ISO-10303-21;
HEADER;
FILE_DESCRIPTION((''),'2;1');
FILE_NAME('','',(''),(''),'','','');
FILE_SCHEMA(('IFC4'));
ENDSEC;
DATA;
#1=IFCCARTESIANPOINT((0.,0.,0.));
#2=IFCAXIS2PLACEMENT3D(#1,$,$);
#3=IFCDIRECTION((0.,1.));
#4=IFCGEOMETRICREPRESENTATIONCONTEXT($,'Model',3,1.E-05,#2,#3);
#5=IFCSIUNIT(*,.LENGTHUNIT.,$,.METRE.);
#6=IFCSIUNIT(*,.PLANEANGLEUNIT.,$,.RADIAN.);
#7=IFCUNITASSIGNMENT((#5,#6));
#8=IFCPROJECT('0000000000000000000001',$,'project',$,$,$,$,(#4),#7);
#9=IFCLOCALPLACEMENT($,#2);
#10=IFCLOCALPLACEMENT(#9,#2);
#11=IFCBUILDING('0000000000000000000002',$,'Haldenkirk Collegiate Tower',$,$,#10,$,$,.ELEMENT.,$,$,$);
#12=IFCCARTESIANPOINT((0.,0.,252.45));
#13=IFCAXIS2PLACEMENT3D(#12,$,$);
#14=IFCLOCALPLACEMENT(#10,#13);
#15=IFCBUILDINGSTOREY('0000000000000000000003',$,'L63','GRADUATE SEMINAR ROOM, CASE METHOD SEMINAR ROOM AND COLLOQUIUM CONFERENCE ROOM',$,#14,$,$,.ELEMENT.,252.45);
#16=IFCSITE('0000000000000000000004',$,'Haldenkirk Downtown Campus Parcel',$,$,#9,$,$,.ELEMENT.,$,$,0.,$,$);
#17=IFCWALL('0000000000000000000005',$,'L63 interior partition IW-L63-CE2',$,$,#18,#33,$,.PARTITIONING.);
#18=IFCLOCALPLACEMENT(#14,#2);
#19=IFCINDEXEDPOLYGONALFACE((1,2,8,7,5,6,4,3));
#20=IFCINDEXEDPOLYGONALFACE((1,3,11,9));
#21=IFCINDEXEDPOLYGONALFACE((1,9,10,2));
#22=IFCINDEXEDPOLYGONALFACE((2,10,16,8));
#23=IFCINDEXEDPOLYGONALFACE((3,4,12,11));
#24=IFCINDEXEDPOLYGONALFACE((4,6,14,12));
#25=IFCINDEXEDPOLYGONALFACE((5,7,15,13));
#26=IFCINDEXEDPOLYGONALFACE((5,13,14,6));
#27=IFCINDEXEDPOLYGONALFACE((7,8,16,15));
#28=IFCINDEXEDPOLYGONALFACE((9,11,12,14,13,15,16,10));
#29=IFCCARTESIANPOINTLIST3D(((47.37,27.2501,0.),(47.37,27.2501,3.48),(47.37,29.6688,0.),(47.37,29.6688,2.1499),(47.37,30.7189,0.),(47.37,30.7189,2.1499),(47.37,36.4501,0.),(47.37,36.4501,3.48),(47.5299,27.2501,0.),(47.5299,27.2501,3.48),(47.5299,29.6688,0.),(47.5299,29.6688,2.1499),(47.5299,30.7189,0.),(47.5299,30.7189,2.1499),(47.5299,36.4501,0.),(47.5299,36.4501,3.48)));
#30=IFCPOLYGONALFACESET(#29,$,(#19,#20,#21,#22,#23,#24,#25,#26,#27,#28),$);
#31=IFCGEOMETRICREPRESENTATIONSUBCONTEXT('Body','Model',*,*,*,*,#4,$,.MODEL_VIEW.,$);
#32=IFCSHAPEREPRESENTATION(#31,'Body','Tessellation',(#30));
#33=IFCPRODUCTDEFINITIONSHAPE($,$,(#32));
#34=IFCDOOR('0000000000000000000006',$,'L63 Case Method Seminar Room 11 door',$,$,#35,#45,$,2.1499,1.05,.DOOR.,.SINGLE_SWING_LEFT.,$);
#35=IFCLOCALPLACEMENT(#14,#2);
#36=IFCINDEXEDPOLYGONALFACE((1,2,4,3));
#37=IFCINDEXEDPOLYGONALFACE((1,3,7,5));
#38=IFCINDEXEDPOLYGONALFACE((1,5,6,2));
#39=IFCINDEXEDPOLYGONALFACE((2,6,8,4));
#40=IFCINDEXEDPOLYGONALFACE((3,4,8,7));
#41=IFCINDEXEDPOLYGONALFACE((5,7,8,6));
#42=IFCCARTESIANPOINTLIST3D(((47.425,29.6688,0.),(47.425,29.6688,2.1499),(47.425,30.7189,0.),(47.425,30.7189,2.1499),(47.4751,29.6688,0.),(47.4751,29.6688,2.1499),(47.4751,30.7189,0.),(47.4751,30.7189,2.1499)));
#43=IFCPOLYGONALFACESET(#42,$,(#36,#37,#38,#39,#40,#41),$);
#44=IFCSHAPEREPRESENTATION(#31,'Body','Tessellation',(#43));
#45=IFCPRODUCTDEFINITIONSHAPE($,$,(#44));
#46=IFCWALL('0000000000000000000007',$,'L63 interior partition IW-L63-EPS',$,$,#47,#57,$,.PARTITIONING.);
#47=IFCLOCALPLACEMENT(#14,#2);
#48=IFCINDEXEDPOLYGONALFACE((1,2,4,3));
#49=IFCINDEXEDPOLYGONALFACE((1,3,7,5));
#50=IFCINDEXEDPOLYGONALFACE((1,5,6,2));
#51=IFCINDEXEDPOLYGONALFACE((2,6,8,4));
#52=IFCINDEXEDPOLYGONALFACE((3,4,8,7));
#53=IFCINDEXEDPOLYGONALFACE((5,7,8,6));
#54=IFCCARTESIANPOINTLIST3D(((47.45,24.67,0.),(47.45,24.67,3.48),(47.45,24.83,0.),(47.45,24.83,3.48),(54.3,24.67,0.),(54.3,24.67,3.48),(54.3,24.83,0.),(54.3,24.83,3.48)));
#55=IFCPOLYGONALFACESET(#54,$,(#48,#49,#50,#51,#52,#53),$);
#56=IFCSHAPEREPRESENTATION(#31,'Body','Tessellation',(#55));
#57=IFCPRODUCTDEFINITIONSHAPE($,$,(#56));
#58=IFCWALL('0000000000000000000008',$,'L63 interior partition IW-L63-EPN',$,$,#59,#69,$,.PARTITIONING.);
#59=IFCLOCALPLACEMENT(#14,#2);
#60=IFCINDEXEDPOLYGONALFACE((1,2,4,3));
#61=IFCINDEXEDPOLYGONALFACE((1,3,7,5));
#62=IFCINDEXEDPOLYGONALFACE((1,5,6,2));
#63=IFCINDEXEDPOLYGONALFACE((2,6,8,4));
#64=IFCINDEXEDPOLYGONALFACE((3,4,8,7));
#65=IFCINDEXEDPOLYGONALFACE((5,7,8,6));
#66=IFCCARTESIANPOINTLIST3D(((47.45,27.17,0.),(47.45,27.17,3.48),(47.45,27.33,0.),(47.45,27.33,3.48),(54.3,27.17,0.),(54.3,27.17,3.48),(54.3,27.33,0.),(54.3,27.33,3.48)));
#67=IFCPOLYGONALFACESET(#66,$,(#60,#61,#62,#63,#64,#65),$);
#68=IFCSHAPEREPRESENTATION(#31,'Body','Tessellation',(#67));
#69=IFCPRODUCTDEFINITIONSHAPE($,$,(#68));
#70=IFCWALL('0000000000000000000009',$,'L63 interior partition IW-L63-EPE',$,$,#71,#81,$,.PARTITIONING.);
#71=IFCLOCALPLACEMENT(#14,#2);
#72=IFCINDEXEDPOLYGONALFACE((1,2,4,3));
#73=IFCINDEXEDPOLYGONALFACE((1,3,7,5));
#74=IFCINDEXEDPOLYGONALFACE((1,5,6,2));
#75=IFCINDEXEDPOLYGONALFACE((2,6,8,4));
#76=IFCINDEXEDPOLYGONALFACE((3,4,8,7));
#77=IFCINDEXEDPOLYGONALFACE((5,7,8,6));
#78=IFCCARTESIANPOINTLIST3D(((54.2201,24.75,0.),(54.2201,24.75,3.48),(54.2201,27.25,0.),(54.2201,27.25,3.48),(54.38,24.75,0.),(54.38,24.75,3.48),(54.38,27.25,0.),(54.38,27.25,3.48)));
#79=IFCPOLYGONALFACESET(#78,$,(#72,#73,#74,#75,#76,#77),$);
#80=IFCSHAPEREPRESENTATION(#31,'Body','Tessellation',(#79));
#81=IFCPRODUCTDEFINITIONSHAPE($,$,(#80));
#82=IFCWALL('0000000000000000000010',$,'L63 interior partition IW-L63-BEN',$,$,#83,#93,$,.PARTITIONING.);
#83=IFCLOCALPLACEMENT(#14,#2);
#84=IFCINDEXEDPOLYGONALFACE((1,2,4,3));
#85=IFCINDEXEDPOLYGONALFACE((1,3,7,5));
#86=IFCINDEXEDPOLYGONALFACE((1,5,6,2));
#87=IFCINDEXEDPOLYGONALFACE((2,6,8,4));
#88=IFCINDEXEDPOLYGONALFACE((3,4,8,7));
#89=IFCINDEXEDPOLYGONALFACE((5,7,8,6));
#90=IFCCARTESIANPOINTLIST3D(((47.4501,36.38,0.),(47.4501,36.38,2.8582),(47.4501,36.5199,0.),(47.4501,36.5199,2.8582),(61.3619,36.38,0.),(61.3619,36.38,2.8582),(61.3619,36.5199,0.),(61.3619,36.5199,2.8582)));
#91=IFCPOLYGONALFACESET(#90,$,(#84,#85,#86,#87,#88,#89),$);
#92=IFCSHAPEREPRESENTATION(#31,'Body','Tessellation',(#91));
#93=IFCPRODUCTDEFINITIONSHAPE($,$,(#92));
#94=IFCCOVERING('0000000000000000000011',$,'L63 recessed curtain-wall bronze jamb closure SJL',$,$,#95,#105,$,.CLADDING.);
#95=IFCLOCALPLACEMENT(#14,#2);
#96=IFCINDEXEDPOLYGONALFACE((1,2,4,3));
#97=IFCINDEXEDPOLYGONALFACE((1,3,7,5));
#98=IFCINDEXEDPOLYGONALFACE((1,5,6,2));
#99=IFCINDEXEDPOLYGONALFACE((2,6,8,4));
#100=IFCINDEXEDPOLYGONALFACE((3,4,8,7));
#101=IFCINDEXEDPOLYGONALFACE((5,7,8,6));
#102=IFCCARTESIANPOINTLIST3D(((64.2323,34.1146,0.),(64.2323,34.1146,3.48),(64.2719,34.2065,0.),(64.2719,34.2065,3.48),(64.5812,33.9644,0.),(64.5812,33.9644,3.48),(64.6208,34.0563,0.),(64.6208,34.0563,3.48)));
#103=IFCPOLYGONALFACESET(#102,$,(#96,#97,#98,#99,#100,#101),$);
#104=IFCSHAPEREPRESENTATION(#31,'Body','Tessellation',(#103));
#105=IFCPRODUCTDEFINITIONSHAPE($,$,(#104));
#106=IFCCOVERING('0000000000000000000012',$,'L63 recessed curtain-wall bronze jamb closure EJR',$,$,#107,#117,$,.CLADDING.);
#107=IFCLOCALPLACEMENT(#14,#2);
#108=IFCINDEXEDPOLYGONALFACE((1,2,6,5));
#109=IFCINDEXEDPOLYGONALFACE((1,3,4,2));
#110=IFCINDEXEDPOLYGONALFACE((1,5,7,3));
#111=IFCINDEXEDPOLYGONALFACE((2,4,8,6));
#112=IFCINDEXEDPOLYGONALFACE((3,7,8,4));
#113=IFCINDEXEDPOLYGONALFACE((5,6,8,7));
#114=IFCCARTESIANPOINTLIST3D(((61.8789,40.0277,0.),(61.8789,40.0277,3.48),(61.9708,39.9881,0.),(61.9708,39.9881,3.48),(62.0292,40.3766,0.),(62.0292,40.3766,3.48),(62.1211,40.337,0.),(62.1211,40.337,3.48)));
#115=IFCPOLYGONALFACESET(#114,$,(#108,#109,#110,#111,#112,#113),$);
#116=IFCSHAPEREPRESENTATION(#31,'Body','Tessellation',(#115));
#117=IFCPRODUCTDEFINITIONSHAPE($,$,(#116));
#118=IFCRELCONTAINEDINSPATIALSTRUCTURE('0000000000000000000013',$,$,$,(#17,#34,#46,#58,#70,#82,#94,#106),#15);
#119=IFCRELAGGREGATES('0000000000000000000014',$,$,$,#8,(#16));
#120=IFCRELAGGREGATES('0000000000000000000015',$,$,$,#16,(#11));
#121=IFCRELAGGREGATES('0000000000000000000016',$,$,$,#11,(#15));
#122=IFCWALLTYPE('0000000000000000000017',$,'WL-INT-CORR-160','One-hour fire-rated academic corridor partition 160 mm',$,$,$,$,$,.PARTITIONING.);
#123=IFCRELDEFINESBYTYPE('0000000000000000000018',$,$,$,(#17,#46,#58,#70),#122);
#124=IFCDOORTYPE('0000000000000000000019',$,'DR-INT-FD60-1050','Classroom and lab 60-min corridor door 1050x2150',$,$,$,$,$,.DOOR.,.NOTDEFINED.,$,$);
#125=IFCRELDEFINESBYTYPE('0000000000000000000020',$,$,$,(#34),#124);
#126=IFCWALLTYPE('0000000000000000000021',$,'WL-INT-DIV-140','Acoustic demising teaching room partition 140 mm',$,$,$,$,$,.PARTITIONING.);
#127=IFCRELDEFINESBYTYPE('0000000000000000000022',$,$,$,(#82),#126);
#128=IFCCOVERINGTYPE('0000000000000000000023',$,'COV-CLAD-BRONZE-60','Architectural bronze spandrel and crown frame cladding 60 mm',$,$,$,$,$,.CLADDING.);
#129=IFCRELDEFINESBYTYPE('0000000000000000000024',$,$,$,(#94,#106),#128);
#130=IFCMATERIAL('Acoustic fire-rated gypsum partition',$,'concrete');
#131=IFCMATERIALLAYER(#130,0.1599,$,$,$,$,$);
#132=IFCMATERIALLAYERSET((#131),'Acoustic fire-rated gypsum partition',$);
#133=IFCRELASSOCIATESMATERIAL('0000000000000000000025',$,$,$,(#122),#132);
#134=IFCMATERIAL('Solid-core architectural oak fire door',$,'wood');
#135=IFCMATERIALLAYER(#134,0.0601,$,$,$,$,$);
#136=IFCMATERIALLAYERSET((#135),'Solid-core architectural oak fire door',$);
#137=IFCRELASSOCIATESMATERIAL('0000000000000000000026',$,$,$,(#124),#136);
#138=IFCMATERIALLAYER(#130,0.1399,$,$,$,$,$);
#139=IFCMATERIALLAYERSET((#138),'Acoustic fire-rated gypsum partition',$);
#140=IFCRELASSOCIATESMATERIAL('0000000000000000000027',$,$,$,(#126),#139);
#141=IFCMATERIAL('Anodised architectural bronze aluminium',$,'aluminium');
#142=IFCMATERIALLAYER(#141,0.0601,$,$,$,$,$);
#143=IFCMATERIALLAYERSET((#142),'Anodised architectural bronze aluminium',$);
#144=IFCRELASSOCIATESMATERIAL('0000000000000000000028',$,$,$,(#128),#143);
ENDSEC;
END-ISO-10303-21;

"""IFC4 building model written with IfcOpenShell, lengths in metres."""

from ifc_helpers import new_model, si_unit, direction, frame, frame_2d, origin, origin_2d, place, context, subcontext, project, spatial, rectangle, extrude, source, transform, mapped, material, layer, layer_set, type_object, element, fill, save


model = new_model("IFC4")

# Units and contexts
model_context = context("Model", 3, precision=1e-05, world=origin(), true_north=direction((0.0, 1.0)))
body_context = subcontext(model_context, "Body", "Model", "MODEL_VIEW")
ifc_project = project(units=[si_unit("LENGTHUNIT", "METRE"), si_unit("PLANEANGLEUNIT", "RADIAN")], contexts=[model_context])

# Site, building, storey
site_placement = place(None, origin())
site = spatial("IfcSite", under=ifc_project, at=site_placement, Name="Haldenkirk Downtown Campus Parcel", CompositionType="ELEMENT", RefElevation=0.0)
building_placement = place(site_placement, origin())
building = spatial("IfcBuilding", under=site, at=building_placement, Name="Haldenkirk Collegiate Tower", CompositionType="ELEMENT")
storey_placement = place(building_placement, frame((0.0, 0.0, 252.45)))
storey = spatial("IfcBuildingStorey", under=building, at=storey_placement, Name="L63", Description="GRADUATE SEMINAR ROOM, CASE METHOD SEMINAR ROOM AND COLLOQUIUM CONFERENCE ROOM", CompositionType="ELEMENT", Elevation=252.45)

# Shared definitions
ifc_material_1 = material(Name="Anodised architectural bronze aluminium", Category="aluminium")

# Wall, opening, door
ifc_material_2 = material(Name="Acoustic fire-rated gypsum partition", Category="concrete")
ifc_layer_1 = layer(ifc_material_2, 0.1599)
ifc_layer_set_1 = layer_set([ifc_layer_1], Name="Acoustic fire-rated gypsum partition")
wall_type_1 = type_object("IfcWallType", Name="WL-INT-CORR-160", Description="One-hour fire-rated academic corridor partition 160 mm", PredefinedType="PARTITIONING", material=ifc_layer_set_1)
wall_1_placement = place(storey_placement, frame((47.45, 27.25, 0.0), z_axis=(0.0, 0.0, 1.0), x_axis=(0.0, 1.0, 0.0)))
wall_1 = element("IfcWall", 1, at=wall_1_placement, inside=storey, type_object=wall_type_1, Name="L63 interior partition IW-L63-CE2", PredefinedType="PARTITIONING", context=body_context, shape_type="SweptSolid", body=[
    extrude(rectangle(XDim=9.2, YDim=0.1599, at=frame_2d((4.6001, 0.0))), origin(), (0.0, 0.0, 1.0), 3.48),
])
opening_1_placement = place(wall_1_placement, frame((2.4189, 0.0, 0.0)))
opening_1 = element("IfcOpeningElement", 2, at=opening_1_placement, cuts=wall_1, PredefinedType="OPENING", context=body_context, shape_type="SweptSolid", body=[
    extrude(rectangle(XDim=1.05, YDim=2.1499, at=frame_2d((0.5249, 1.075))), frame((0.0, 0.0898, 0.0), z_axis=(0.0, -1.0, 0.0), x_axis=(1.0, 0.0, 0.0)), (0.0, 0.0, 1.0), 0.1799),
])
ifc_material_3 = material(Name="Solid-core architectural oak fire door", Category="wood")
ifc_layer_2 = layer(ifc_material_3, 0.0601)
ifc_layer_set_2 = layer_set([ifc_layer_2], Name="Solid-core architectural oak fire door")
door_type = type_object("IfcDoorType", Name="DR-INT-FD60-1050", Description="Classroom and lab 60-min corridor door 1050x2150", OperationType="NOTDEFINED", PredefinedType="DOOR", material=ifc_layer_set_2)
door_placement = place(opening_1_placement, origin())
door = element("IfcDoor", 3, at=door_placement, inside=storey, type_object=door_type, Name="L63 Case Method Seminar Room 11 door", OperationType="SINGLE_SWING_LEFT", OverallHeight=2.1499, OverallWidth=1.05, PredefinedType="DOOR", context=body_context, shape_type="SweptSolid", body=[
    extrude(rectangle(XDim=1.05, YDim=2.1499, at=frame_2d((0.5249, 1.075))), frame((0.0, 0.0249, 0.0), z_axis=(0.0, -1.0, 0.0), x_axis=(1.0, 0.0, 0.0)), (0.0, 0.0, 1.0), 0.05),
])
fill(opening_1, door)

# Walls
for number, where, z_axis, x_axis, name in (
    (4, (47.45, 24.75, 0.0), (0.0, 0.0, 1.0), (1.0, 0.0, 0.0), "L63 interior partition IW-L63-EPS"),
    (5, (47.45, 27.25, 0.0), (0.0, 0.0, 1.0), (1.0, 0.0, 0.0), "L63 interior partition IW-L63-EPN"),
):
    element("IfcWall", number, at=place(storey_placement, frame(where, z_axis=z_axis, x_axis=x_axis)), inside=storey, type_object=wall_type_1, Name=name, PredefinedType="PARTITIONING", context=body_context, shape_type="SweptSolid", body=[
        extrude(rectangle(XDim=6.8501, YDim=0.1599, at=frame_2d((3.425, 0.0))), origin(), (0.0, 0.0, 1.0), 3.48),
    ])
wall_2_placement = place(storey_placement, frame((54.3, 24.75, 0.0), z_axis=(0.0, 0.0, 1.0), x_axis=(0.0, 1.0, 0.0)))
element("IfcWall", 6, at=wall_2_placement, inside=storey, type_object=wall_type_1, Name="L63 interior partition IW-L63-EPE", PredefinedType="PARTITIONING", context=body_context, shape_type="SweptSolid", body=[
    extrude(rectangle(XDim=2.5, YDim=0.1599, at=frame_2d((1.25, 0.0))), origin(), (0.0, 0.0, 1.0), 3.48),
])
ifc_layer_3 = layer(ifc_material_2, 0.1399)
ifc_layer_set_3 = layer_set([ifc_layer_3], Name="Acoustic fire-rated gypsum partition")
wall_type_2 = type_object("IfcWallType", Name="WL-INT-DIV-140", Description="Acoustic demising teaching room partition 140 mm", PredefinedType="PARTITIONING", material=ifc_layer_set_3)
wall_3_placement = place(storey_placement, frame((47.45, 36.45, 0.0), z_axis=(0.0, 0.0, 1.0), x_axis=(1.0, 0.0, 0.0)))
element("IfcWall", 7, at=wall_3_placement, inside=storey, type_object=wall_type_2, Name="L63 interior partition IW-L63-BEN", PredefinedType="PARTITIONING", context=body_context, shape_type="SweptSolid", body=[
    extrude(rectangle(XDim=13.9119, YDim=0.1399, at=frame_2d((6.9561, 0.0))), origin(), (0.0, 0.0, 1.0), 2.8582),
])

# Coverings
ifc_layer_4 = layer(ifc_material_1, 0.0601)
ifc_layer_set_4 = layer_set([ifc_layer_4], Name="Anodised architectural bronze aluminium")
covering_type = type_object("IfcCoveringType", Name="COV-CLAD-BRONZE-60", Description="Architectural bronze spandrel and crown frame cladding 60 mm", PredefinedType="CLADDING", material=ifc_layer_set_4)
shared_shape_1 = source(origin(), body_context, "Body", "SweptSolid", [
    extrude(rectangle(XDim=0.1001, YDim=0.3799, at=origin_2d()), origin(), (0.0, 0.0, 1.0), 3.48),
])
for number, where, z_axis, x_axis, name in (
    (8, (64.4265, 34.0854, 0.0), (0.0, 0.0, 1.0), (-0.395546, -0.918446, 0.0), "L63 recessed curtain-wall bronze jamb closure SJL"),
    (9, (62.0, 40.1824, 0.0), (0.0, 0.0, 1.0), (0.918446, -0.395546, 0.0), "L63 recessed curtain-wall bronze jamb closure EJR"),
):
    element("IfcCovering", number, at=place(storey_placement, frame(where, z_axis=z_axis, x_axis=x_axis)), inside=storey, type_object=covering_type, Name=name, PredefinedType="CLADDING", context=body_context, shape_type="MappedRepresentation", body=[
        mapped(shared_shape_1, transform((0.0, 0.0, 0.0), x_axis=(1.0, 0.0, 0.0), y_axis=(0.0, 1.0, 0.0), z_axis=(0.0, 0.0, 1.0), scale=1.0)),
    ])

save(model, "model.ifc")
